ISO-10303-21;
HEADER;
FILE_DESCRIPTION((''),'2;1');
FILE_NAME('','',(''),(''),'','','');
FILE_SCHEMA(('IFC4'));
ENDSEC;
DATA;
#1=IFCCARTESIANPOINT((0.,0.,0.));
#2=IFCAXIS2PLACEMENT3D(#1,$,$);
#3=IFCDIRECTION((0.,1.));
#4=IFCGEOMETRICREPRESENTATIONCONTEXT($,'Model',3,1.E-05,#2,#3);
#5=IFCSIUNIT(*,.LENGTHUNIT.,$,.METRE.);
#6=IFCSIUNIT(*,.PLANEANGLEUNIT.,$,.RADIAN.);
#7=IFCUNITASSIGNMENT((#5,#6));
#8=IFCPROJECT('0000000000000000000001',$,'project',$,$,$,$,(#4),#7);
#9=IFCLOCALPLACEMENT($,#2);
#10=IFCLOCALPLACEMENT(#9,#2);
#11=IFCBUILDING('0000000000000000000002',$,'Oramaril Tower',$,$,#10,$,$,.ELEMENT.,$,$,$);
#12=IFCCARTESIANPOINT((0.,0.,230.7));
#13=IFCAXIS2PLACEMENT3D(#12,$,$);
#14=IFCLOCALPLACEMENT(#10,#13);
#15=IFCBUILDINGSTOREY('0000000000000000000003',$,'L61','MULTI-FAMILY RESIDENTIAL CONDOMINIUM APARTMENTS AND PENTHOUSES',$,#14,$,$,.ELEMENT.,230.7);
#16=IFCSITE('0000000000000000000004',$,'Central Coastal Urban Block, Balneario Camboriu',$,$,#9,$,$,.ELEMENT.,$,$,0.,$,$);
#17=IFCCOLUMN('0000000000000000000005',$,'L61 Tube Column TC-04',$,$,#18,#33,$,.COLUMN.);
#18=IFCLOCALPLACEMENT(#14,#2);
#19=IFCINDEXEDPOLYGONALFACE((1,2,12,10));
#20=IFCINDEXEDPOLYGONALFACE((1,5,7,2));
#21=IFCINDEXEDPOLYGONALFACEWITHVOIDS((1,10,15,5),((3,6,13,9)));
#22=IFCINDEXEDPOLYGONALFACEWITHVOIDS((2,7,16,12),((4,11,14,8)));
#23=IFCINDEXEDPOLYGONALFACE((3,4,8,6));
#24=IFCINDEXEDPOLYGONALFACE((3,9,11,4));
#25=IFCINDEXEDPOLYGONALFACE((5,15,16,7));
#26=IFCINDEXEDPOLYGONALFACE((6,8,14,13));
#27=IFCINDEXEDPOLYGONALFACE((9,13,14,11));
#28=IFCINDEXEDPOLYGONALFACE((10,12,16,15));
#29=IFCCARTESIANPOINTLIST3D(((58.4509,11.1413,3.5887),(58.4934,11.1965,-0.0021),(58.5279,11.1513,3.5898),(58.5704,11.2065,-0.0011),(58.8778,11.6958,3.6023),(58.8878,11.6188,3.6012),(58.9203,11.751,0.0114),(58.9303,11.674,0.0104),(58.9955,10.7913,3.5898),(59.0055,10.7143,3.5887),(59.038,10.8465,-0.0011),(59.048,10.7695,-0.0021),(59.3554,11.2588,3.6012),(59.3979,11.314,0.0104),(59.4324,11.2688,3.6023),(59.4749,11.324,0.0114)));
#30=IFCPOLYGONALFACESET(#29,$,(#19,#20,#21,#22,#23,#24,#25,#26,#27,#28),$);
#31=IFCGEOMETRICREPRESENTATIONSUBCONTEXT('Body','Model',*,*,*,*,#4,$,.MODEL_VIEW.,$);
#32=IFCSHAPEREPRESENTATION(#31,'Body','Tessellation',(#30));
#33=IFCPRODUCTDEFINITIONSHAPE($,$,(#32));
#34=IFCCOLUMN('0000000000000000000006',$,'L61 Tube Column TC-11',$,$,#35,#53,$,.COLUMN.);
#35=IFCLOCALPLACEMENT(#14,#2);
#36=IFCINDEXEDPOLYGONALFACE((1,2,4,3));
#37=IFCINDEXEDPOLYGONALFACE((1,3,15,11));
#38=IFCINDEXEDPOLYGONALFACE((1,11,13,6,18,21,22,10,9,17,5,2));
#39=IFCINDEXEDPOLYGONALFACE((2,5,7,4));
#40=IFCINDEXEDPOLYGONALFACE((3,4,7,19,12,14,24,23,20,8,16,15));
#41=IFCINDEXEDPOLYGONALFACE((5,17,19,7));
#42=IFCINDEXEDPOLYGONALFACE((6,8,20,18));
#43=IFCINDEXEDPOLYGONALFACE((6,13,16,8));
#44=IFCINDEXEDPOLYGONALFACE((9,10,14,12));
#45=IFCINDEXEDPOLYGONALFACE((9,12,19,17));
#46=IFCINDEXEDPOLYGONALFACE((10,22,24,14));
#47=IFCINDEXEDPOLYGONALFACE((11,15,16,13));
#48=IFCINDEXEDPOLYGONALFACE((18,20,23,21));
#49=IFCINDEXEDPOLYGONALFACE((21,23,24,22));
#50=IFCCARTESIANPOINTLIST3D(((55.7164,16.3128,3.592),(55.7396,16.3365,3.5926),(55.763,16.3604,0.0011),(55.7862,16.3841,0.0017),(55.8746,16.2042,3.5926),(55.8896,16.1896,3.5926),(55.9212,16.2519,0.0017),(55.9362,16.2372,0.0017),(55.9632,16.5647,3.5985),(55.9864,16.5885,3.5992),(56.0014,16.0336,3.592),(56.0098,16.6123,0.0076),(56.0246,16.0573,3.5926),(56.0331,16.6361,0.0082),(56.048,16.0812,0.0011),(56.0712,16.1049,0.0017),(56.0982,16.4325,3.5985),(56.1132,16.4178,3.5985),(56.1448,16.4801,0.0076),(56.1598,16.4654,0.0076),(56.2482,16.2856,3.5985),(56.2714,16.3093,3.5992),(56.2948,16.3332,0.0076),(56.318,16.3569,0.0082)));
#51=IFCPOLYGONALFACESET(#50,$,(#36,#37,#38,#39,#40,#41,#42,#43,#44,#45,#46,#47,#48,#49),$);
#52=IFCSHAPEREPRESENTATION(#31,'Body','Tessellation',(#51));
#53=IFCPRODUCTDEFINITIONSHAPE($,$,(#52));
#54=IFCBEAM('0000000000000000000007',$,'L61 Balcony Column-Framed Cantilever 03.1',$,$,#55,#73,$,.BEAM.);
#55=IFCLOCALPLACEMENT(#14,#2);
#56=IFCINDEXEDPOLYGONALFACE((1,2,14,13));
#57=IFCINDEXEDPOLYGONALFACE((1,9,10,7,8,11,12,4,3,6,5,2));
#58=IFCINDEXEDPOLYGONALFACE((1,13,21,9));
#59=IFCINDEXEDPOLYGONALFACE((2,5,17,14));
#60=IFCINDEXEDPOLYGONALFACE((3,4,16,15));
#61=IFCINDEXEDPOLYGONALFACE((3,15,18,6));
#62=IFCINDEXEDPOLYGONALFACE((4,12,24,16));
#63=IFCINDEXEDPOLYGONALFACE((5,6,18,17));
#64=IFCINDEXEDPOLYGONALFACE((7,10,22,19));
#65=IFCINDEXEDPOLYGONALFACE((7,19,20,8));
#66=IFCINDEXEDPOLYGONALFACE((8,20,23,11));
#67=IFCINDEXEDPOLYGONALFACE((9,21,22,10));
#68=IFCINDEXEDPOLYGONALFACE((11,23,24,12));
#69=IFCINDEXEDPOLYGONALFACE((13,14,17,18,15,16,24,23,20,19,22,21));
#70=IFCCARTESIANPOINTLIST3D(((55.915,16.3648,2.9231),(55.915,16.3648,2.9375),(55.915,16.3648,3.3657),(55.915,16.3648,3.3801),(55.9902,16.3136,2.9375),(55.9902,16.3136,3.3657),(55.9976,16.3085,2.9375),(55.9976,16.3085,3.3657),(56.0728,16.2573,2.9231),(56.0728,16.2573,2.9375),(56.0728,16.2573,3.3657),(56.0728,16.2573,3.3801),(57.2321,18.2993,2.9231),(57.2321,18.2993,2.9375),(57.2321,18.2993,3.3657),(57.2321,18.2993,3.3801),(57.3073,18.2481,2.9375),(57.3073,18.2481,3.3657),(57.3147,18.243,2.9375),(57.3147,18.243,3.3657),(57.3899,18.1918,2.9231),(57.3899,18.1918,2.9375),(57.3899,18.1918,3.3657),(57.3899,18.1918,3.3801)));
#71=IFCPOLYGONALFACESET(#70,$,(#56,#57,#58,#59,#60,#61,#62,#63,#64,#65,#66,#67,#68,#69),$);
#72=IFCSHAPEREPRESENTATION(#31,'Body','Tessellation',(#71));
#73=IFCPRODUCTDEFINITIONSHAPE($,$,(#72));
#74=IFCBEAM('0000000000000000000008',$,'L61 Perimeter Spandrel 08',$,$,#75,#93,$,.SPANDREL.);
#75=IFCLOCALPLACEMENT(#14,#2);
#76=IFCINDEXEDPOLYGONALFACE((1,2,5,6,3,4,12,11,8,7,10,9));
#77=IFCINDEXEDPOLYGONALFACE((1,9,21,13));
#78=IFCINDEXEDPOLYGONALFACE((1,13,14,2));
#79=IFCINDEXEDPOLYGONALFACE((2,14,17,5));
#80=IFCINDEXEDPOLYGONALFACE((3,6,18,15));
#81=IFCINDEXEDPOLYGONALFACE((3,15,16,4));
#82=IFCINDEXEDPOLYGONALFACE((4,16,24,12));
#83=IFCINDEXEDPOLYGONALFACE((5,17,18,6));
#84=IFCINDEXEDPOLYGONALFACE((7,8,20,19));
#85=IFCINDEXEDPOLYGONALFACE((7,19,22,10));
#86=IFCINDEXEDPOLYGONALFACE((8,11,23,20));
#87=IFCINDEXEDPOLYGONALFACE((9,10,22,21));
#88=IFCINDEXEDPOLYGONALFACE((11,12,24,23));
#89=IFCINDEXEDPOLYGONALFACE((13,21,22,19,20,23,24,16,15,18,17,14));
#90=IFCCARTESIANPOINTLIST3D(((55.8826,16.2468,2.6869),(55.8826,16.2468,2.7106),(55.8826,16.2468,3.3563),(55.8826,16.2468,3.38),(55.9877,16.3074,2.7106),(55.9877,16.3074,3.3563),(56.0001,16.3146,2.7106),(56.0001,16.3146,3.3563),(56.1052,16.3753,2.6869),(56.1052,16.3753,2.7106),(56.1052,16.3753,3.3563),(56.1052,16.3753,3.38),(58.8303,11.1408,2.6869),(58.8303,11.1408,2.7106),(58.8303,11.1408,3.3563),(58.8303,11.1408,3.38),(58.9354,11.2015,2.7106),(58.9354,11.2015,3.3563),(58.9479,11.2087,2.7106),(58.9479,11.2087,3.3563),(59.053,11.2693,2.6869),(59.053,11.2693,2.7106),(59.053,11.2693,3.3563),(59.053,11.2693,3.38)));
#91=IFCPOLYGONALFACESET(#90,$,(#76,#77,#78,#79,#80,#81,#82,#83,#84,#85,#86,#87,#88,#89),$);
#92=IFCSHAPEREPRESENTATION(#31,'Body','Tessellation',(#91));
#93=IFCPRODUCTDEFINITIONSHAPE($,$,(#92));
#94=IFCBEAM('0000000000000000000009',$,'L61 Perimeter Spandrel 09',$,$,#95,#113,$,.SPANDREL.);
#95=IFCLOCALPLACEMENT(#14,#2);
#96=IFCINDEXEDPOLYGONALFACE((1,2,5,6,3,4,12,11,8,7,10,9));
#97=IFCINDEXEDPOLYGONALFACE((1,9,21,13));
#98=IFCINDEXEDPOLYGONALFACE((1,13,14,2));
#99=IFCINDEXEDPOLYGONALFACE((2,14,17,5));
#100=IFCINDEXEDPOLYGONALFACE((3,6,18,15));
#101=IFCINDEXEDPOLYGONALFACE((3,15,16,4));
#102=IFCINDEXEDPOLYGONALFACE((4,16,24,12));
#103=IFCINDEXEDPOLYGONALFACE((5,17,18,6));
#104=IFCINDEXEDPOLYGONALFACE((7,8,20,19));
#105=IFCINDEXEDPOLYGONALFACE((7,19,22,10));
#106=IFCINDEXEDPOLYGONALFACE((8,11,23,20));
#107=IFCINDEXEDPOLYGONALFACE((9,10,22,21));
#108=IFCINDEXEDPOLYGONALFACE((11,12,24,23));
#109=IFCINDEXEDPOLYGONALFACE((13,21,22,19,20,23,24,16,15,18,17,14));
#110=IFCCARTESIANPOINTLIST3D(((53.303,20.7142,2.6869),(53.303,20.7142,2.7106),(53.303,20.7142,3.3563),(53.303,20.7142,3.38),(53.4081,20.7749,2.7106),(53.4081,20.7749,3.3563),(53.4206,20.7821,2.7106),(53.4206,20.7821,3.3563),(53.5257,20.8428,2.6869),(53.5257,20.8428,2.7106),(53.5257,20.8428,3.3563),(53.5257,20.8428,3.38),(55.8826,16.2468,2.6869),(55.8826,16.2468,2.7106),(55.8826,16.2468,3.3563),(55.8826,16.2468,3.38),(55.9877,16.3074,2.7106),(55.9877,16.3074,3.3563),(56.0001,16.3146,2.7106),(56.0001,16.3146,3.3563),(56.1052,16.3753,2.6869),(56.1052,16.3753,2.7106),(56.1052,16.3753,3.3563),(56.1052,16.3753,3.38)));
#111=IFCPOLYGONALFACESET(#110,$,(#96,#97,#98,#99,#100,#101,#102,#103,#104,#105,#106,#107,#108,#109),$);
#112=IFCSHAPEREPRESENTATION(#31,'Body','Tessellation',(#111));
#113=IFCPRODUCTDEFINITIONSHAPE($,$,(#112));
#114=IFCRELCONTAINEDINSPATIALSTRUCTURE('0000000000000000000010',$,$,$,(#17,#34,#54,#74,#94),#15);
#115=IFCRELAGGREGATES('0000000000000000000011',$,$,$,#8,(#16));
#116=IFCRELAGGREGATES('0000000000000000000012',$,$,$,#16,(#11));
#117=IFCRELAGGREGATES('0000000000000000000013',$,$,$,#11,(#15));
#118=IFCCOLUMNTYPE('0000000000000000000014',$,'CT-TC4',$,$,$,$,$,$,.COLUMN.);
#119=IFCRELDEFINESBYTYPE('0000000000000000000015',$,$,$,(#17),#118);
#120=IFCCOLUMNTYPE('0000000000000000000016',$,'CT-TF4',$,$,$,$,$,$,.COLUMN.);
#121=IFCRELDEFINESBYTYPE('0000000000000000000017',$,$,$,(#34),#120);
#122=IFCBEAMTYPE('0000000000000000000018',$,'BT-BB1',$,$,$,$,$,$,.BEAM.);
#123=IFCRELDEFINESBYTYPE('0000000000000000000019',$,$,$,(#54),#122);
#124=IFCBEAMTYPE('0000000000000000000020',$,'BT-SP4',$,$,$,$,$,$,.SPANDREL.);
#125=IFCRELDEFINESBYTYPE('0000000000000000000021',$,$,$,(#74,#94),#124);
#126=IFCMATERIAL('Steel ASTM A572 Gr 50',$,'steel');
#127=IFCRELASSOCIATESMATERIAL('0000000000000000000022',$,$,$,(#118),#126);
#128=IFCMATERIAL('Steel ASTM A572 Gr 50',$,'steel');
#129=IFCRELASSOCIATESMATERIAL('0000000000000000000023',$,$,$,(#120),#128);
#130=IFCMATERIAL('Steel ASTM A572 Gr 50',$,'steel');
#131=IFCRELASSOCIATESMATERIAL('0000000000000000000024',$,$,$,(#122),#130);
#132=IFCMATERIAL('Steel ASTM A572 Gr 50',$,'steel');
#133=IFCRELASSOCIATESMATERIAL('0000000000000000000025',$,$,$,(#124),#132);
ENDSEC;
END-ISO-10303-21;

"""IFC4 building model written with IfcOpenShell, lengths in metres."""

from ifc_helpers import new_model, si_unit, direction, frame, origin, origin_2d, place, context, subcontext, project, spatial, hollow_rectangle, i_section, extrude, material, material_profile, profile_set, type_object, element, save


model = new_model("IFC4")

# Units and contexts
model_context = context("Model", 3, precision=1e-05, world=origin(), true_north=direction((0.0, 1.0)))
body_context = subcontext(model_context, "Body", "Model", "MODEL_VIEW")
ifc_project = project(units=[si_unit("LENGTHUNIT", "METRE"), si_unit("PLANEANGLEUNIT", "RADIAN")], contexts=[model_context])

# Site, building, storey
site_placement = place(None, origin())
site = spatial("IfcSite", under=ifc_project, at=site_placement, Name="Central Coastal Urban Block, Balneario Camboriu", CompositionType="ELEMENT", RefElevation=0.0)
building_placement = place(site_placement, origin())
building = spatial("IfcBuilding", under=site, at=building_placement, Name="Oramaril Tower", CompositionType="ELEMENT")
storey_placement = place(building_placement, frame((0.0, 0.0, 230.7)))
storey = spatial("IfcBuildingStorey", under=building, at=storey_placement, Name="L61", Description="MULTI-FAMILY RESIDENTIAL CONDOMINIUM APARTMENTS AND PENTHOUSES", CompositionType="ELEMENT", Elevation=230.7)

# Columns
ifc_material_1 = material(Name="Steel ASTM A572 Gr 50", Category="steel")
ifc_material_profile_1 = material_profile(ifc_material_1, hollow_rectangle(XDim=0.7, YDim=0.7, WallThickness=0.0549, at=origin_2d()), Name="BOX700X700X55")
ifc_profile_set_1 = profile_set([ifc_material_profile_1], Name="Steel ASTM A572 Gr 50")
column_type_1 = type_object("IfcColumnType", Name="CT-TC4", PredefinedType="COLUMN", material=ifc_profile_set_1)
column_1_placement = place(storey_placement, frame((58.9841, 11.2603, 0.0046), z_axis=(-0.011828, -0.015363, 0.999812), x_axis=(0.792363, -0.61005, 0.0)))
element("IfcColumn", 1, at=column_1_placement, inside=storey, type_object=column_type_1, Name="L61 Tube Column TC-04", PredefinedType="COLUMN", context=body_context, shape_type="SweptSolid", body=[
    extrude(hollow_rectangle(XDim=0.7, YDim=0.7, WallThickness=0.0549, at=origin_2d()), origin(), (0.0, 0.0, 1.0), 3.5916),
])
ifc_material_2 = material(Name="Steel ASTM A572 Gr 50", Category="steel")
ifc_material_profile_2 = material_profile(ifc_material_2, i_section(OverallWidth=0.3989, OverallDepth=0.386, WebThickness=0.021, FlangeThickness=0.0332, at=origin_2d()), Name="W14X176")
ifc_profile_set_2 = profile_set([ifc_material_profile_2], Name="Steel ASTM A572 Gr 50")
column_type_2 = type_object("IfcColumnType", Name="CT-TF4", PredefinedType="COLUMN", material=ifc_profile_set_2)
column_2_placement = place(storey_placement, frame((56.0405, 16.3586, 0.0046), z_axis=(-0.012984, -0.013256, 0.999828), x_axis=(0.714396, -0.699742, 0.0)))
element("IfcColumn", 2, at=column_2_placement, inside=storey, type_object=column_type_2, Name="L61 Tube Column TC-11", PredefinedType="COLUMN", context=body_context, shape_type="SweptSolid", body=[
    extrude(i_section(OverallWidth=0.3989, OverallDepth=0.386, WebThickness=0.021, FlangeThickness=0.0332, at=origin_2d()), origin(), (0.0, 0.0, 1.0), 3.5916),
])

# Beams
ifc_material_3 = material(Name="Steel ASTM A572 Gr 50", Category="steel")
ifc_material_profile_3 = material_profile(ifc_material_3, i_section(OverallWidth=0.1909, OverallDepth=0.457, WebThickness=0.009, FlangeThickness=0.0144, at=origin_2d()), Name="W18X50")
ifc_profile_set_3 = profile_set([ifc_material_profile_3], Name="Steel ASTM A572 Gr 50")
beam_type_1 = type_object("IfcBeamType", Name="BT-BB1", PredefinedType="BEAM", material=ifc_profile_set_3)
beam_1_placement = place(storey_placement, frame((55.9939, 16.311, 3.1516), z_axis=(0.562786, 0.826602, 0.0), x_axis=(-0.826602, 0.562786, 0.0)))
element("IfcBeam", 3, at=beam_1_placement, inside=storey, type_object=beam_type_1, Name="L61 Balcony Column-Framed Cantilever 03.1", PredefinedType="BEAM", context=body_context, shape_type="SweptSolid", body=[
    extrude(i_section(OverallWidth=0.1909, OverallDepth=0.457, WebThickness=0.009, FlangeThickness=0.0144, at=origin_2d()), origin(), (0.0, 0.0, 1.0), 2.3403),
])
ifc_material_4 = material(Name="Steel ASTM A572 Gr 50", Category="steel")
ifc_material_profile_4 = material_profile(ifc_material_4, i_section(OverallWidth=0.2571, OverallDepth=0.6931, WebThickness=0.0144, FlangeThickness=0.0237, at=origin_2d()), Name="W27X114")
ifc_profile_set_4 = profile_set([ifc_material_profile_4], Name="Steel ASTM A572 Gr 50")
beam_type_2 = type_object("IfcBeamType", Name="BT-SP4", PredefinedType="SPANDREL", material=ifc_profile_set_4)
beam_2_placement = place(storey_placement, frame((58.9417, 11.2051, 3.0334), z_axis=(-0.499978, 0.866038, 0.0), x_axis=(-0.866038, -0.499978, 0.0)))
element("IfcBeam", 4, at=beam_2_placement, inside=storey, type_object=beam_type_2, Name="L61 Perimeter Spandrel 08", PredefinedType="SPANDREL", context=body_context, shape_type="SweptSolid", body=[
    extrude(i_section(OverallWidth=0.2571, OverallDepth=0.6931, WebThickness=0.0144, FlangeThickness=0.0237, at=origin_2d()), origin(), (0.0, 0.0, 1.0), 5.8958),
])
beam_3_placement = place(storey_placement, frame((55.9939, 16.311, 3.0334), z_axis=(-0.500038, 0.866004, 0.0), x_axis=(-0.866004, -0.500038, 0.0)))
element("IfcBeam", 5, at=beam_3_placement, inside=storey, type_object=beam_type_2, Name="L61 Perimeter Spandrel 09", PredefinedType="SPANDREL", context=body_context, shape_type="SweptSolid", body=[
    extrude(i_section(OverallWidth=0.2571, OverallDepth=0.6931, WebThickness=0.0144, FlangeThickness=0.0237, at=origin_2d()), origin(), (0.0, 0.0, 1.0), 5.1587),
])

save(model, "model.ifc")
